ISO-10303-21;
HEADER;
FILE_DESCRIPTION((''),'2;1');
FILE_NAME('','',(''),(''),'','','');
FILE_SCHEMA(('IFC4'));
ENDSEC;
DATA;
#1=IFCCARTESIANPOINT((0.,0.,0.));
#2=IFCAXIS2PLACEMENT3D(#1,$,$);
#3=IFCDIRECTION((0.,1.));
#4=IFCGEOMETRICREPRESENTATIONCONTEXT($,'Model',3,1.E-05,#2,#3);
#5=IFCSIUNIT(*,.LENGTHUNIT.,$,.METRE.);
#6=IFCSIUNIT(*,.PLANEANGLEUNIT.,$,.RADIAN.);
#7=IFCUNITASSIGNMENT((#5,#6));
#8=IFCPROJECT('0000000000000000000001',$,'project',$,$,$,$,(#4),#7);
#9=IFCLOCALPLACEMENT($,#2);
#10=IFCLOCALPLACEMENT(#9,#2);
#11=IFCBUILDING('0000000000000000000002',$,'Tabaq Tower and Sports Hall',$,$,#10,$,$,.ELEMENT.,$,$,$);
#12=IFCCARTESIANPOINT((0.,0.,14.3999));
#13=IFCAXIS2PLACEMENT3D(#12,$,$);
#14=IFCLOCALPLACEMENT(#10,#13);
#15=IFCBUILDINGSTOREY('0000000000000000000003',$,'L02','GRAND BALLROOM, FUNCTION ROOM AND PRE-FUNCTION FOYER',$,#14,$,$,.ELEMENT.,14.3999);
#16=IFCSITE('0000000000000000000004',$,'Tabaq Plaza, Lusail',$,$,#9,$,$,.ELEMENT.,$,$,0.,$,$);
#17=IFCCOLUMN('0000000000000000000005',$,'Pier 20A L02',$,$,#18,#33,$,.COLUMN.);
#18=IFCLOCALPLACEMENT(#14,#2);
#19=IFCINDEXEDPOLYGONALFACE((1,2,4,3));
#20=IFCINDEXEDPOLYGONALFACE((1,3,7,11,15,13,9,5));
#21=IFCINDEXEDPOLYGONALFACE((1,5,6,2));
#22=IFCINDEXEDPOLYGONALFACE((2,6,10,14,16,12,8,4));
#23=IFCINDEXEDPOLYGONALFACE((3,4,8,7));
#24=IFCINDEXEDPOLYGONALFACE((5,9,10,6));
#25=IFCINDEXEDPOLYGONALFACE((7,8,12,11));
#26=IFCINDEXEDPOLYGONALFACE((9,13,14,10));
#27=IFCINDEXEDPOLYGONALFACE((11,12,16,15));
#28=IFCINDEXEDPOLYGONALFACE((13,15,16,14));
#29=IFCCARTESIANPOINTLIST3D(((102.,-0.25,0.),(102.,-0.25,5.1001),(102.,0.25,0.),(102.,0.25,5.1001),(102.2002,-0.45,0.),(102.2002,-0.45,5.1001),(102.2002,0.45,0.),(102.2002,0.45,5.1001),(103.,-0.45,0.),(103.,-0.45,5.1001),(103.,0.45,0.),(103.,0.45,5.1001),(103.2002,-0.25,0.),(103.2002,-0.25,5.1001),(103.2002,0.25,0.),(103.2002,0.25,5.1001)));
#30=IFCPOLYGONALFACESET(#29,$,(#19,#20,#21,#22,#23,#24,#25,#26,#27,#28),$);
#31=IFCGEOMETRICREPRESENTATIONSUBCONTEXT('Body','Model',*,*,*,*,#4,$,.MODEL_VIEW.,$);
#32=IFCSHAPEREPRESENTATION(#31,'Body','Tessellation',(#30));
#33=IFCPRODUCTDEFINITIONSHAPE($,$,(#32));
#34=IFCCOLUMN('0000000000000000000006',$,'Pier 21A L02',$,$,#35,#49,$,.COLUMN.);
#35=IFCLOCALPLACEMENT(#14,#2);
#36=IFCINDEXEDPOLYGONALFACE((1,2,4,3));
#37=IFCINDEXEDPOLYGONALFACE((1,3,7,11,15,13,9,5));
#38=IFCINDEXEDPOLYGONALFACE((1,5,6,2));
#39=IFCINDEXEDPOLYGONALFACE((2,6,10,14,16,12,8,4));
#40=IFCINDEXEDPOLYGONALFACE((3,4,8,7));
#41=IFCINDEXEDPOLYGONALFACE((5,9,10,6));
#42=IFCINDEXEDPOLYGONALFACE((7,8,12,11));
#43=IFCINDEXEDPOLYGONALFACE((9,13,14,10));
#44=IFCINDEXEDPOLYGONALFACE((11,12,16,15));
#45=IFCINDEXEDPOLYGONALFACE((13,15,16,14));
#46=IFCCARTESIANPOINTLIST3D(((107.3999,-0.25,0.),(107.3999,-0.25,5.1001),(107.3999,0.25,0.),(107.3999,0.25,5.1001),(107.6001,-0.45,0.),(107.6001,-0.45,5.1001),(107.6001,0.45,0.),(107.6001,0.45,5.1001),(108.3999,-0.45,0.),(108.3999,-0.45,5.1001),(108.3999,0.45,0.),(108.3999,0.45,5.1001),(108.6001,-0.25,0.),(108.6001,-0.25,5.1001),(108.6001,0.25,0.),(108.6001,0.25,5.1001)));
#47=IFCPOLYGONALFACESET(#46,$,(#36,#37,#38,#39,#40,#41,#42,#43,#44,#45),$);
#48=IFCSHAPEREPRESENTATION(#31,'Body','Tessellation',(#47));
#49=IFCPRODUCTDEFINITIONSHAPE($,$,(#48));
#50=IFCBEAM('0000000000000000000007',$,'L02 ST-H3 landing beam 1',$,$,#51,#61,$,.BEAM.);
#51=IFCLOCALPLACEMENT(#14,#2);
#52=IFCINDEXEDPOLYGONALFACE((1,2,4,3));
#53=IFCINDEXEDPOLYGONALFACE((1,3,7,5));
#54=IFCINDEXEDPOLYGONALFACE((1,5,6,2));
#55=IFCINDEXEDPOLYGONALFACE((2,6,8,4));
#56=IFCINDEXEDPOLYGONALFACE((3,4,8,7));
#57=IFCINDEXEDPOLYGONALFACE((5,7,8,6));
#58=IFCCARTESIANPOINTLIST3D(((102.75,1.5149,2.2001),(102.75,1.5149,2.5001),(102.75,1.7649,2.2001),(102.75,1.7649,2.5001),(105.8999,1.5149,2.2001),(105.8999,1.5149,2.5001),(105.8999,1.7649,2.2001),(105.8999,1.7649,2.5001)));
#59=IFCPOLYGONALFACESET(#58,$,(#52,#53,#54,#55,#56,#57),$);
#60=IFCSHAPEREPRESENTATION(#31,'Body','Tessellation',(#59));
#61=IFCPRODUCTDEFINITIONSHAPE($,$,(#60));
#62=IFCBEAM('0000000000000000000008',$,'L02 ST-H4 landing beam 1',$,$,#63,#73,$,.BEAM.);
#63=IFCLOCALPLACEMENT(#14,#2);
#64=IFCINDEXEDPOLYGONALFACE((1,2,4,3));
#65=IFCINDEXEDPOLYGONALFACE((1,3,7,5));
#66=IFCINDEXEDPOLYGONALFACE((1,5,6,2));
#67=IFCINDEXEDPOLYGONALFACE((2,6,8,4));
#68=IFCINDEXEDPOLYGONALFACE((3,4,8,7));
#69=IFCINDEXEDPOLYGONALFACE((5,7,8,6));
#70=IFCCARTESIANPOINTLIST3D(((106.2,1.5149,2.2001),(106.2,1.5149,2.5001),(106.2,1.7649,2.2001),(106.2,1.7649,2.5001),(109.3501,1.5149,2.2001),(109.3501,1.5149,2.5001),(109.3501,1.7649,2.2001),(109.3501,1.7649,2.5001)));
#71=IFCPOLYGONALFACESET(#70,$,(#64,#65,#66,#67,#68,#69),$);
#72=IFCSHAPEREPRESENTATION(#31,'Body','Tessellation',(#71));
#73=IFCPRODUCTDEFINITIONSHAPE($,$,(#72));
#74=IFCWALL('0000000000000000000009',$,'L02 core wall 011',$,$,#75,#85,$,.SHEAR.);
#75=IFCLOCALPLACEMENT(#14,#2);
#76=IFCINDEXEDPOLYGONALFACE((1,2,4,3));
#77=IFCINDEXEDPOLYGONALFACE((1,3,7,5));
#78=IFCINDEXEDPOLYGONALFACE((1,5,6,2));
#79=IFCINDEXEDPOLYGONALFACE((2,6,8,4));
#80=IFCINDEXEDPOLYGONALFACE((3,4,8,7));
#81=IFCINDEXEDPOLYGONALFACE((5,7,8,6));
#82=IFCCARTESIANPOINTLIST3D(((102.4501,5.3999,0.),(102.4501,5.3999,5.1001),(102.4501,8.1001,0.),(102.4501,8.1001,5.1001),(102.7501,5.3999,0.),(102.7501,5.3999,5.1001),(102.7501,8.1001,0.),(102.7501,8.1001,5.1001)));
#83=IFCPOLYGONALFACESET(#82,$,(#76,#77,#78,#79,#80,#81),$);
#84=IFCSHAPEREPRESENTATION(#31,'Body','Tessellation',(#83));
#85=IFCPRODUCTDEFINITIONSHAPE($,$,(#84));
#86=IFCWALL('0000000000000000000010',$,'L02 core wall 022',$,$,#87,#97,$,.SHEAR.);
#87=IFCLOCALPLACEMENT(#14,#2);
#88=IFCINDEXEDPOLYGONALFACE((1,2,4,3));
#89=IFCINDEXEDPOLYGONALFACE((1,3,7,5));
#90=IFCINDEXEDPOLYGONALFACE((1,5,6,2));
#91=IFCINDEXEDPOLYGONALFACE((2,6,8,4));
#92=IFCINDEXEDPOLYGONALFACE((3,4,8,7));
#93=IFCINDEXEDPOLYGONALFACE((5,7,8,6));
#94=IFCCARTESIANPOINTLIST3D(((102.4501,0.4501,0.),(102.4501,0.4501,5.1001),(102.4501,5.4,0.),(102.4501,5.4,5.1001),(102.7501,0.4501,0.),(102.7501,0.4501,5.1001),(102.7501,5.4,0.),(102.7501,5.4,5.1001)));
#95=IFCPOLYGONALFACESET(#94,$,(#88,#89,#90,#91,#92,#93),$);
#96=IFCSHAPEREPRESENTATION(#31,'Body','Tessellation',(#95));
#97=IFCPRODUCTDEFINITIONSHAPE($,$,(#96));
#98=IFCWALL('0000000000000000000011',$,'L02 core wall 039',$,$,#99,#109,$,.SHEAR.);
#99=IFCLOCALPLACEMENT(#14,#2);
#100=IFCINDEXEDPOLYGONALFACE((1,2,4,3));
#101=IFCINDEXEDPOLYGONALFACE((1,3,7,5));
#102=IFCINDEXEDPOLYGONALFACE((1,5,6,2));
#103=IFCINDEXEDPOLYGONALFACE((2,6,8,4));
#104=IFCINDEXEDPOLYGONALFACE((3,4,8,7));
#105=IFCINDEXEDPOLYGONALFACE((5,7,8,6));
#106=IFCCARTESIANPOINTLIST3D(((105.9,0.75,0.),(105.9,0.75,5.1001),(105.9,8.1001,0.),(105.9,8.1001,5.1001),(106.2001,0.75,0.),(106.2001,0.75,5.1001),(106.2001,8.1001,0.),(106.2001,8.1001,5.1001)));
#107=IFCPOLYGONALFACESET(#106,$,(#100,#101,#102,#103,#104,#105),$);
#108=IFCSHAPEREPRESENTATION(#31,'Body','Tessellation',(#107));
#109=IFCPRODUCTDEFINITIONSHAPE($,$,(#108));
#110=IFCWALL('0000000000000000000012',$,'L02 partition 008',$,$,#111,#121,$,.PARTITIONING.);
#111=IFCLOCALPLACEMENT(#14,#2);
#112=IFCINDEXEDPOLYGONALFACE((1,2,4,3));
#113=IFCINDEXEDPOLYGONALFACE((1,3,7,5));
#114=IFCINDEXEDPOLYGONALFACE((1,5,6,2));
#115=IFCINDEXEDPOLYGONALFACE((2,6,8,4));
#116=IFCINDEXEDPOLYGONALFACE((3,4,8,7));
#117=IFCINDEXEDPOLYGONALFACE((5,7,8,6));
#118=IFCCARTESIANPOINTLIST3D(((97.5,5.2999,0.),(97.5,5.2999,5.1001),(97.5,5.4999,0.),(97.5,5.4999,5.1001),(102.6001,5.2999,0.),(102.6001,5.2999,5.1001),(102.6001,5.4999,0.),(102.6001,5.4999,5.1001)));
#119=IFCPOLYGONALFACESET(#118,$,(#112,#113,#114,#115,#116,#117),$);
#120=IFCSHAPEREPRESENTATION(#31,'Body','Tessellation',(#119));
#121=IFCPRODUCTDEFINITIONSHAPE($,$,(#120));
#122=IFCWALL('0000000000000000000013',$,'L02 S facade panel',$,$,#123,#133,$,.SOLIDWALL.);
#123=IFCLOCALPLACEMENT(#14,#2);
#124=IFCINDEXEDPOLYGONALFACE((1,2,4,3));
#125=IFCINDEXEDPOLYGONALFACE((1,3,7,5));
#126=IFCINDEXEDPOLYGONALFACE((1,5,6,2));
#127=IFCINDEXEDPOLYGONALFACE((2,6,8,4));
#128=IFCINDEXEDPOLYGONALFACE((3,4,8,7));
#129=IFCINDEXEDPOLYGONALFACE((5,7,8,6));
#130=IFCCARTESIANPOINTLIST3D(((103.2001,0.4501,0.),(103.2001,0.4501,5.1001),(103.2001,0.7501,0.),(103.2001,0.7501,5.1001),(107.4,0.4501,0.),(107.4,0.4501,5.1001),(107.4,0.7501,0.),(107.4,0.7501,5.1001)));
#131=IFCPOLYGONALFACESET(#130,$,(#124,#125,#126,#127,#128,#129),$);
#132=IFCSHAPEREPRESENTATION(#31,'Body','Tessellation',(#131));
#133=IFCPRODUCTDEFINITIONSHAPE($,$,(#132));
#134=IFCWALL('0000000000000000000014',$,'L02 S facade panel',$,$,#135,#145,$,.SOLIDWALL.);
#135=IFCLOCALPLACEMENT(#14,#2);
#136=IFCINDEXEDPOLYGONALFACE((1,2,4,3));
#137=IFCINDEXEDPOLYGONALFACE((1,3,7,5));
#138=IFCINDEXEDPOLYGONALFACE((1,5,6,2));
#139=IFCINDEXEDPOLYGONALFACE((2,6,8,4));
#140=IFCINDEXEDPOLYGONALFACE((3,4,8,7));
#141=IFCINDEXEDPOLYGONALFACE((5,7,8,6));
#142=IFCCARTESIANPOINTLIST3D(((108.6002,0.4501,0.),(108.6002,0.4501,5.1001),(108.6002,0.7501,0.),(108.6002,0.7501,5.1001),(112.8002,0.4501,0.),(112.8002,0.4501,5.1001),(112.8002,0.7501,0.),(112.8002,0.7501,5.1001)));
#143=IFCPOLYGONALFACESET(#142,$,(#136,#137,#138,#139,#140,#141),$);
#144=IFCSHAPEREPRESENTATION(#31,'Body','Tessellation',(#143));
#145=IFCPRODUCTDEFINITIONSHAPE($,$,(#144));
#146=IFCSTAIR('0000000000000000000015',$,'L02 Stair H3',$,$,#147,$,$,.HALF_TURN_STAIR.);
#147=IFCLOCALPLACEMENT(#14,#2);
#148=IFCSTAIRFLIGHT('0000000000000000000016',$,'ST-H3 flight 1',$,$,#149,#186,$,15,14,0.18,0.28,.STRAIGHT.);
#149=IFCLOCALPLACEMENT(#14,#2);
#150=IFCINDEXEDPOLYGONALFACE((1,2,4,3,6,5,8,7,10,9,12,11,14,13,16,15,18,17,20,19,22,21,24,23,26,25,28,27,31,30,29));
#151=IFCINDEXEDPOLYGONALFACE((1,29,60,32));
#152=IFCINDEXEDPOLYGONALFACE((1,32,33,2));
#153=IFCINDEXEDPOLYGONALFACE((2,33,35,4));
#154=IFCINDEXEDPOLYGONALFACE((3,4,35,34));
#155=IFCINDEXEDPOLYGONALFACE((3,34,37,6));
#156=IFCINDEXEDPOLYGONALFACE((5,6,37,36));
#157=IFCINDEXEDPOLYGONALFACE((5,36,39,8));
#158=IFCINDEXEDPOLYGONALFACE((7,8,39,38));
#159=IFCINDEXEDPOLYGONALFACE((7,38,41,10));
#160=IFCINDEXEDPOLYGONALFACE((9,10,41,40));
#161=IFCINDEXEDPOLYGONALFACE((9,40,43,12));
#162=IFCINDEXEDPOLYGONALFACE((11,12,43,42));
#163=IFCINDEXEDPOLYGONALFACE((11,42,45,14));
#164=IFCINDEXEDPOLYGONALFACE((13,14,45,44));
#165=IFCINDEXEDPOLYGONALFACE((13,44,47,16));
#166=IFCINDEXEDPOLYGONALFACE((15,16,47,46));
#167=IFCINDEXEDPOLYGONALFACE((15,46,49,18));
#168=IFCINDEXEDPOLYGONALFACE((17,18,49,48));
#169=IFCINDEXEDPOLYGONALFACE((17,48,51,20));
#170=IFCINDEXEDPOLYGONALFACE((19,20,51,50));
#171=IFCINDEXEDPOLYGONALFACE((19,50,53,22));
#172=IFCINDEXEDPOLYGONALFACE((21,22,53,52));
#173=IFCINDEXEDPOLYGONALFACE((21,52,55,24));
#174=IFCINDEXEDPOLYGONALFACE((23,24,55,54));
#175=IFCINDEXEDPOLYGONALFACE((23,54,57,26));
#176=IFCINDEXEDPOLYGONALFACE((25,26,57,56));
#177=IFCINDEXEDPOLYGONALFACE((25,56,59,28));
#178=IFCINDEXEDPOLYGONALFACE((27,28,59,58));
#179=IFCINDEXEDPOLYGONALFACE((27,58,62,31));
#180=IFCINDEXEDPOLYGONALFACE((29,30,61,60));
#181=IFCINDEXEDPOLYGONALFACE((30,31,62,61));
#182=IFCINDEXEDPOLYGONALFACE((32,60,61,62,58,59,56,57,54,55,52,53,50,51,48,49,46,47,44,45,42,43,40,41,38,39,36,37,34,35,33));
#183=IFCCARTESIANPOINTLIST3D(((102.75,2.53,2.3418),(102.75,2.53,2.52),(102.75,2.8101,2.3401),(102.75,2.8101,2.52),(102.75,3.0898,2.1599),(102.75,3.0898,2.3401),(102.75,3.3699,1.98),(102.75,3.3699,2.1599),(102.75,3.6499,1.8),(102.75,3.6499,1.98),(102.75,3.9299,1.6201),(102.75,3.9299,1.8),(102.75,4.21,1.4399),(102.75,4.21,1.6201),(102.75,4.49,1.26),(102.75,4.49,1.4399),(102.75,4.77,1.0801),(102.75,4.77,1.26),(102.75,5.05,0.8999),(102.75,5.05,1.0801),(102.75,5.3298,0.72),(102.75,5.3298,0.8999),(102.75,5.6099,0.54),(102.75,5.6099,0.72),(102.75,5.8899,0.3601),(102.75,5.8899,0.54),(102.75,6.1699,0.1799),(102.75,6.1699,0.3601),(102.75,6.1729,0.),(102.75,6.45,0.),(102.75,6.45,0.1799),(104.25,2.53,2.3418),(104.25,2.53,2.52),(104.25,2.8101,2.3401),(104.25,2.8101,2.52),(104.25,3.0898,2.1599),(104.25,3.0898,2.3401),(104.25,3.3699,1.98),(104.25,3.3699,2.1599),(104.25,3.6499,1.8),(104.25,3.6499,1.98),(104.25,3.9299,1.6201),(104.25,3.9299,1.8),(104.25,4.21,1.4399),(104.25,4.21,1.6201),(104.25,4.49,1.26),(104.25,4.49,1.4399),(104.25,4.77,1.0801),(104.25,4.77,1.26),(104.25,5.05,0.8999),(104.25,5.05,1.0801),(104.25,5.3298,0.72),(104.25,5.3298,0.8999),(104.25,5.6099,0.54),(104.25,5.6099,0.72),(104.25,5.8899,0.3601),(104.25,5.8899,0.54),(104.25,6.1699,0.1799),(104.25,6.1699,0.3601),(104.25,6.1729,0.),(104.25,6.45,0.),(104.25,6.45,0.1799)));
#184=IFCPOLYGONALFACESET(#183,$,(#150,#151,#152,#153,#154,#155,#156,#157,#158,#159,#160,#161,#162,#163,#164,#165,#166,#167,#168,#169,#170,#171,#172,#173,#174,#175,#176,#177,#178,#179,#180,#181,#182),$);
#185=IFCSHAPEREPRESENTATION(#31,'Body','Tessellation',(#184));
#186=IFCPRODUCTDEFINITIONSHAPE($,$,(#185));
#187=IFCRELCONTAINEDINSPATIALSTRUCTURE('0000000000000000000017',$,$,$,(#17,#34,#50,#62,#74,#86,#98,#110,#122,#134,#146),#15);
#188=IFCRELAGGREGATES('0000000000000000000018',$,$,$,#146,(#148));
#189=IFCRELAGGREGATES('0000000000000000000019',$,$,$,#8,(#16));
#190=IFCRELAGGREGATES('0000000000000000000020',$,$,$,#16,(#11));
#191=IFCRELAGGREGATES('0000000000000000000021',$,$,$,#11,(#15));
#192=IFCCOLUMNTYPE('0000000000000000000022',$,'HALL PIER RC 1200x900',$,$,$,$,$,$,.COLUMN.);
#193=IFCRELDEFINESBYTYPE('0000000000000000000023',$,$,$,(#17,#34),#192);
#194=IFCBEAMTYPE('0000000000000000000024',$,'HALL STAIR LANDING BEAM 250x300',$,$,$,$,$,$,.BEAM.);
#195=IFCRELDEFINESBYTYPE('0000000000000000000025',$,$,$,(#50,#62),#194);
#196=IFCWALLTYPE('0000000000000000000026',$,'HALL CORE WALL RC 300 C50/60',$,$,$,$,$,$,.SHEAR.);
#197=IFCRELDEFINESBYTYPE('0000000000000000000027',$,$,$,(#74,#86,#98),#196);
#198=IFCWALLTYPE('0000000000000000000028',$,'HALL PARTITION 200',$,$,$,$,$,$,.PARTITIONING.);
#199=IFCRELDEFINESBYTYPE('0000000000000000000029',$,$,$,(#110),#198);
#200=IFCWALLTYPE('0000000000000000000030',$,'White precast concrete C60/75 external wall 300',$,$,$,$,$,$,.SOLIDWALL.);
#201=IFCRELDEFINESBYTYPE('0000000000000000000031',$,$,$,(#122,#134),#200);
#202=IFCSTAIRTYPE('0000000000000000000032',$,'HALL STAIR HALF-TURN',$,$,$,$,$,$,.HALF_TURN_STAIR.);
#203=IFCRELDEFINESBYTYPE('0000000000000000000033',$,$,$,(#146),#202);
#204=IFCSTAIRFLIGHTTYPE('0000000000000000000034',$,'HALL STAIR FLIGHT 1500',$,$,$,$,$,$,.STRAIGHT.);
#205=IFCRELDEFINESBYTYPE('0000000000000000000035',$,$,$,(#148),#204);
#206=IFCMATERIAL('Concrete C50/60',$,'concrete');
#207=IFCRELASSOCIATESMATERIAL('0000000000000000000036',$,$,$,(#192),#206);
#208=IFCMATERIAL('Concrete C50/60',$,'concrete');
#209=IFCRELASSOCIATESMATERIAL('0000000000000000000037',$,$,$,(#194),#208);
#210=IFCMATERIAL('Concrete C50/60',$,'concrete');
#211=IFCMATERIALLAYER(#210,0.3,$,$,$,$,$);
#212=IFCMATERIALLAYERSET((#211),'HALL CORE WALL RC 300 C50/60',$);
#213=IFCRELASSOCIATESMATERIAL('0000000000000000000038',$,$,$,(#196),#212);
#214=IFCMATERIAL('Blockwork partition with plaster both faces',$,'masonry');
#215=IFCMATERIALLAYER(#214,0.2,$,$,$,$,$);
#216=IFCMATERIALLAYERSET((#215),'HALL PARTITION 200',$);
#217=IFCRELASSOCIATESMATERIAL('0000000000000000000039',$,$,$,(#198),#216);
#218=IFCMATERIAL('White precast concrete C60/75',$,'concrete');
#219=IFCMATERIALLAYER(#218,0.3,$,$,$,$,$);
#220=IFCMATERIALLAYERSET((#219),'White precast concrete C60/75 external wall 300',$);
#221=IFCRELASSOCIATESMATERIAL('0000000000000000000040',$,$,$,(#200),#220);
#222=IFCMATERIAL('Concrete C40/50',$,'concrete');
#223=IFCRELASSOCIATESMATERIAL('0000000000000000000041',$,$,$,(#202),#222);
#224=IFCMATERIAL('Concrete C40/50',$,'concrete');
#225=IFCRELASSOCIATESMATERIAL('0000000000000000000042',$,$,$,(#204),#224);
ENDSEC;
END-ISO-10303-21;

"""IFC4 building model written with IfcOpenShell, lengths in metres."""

from ifc_helpers import new_model, si_unit, direction, frame, frame_2d, origin, origin_2d, place, context, subcontext, project, spatial, polyline, rectangle, outline, extrude, material, layer, layer_set, material_profile, profile_set, type_object, element, aggregate, save


model = new_model("IFC4")

# Units and contexts
model_context = context("Model", 3, precision=1e-05, world=origin(), true_north=direction((0.0, 1.0)))
body_context = subcontext(model_context, "Body", "Model", "MODEL_VIEW")
ifc_project = project(units=[si_unit("LENGTHUNIT", "METRE"), si_unit("PLANEANGLEUNIT", "RADIAN")], contexts=[model_context])

# Site, building, storey
site_placement = place(None, origin())
site = spatial("IfcSite", under=ifc_project, at=site_placement, Name="Tabaq Plaza, Lusail", CompositionType="ELEMENT", RefElevation=0.0)
building_placement = place(site_placement, origin())
building = spatial("IfcBuilding", under=site, at=building_placement, Name="Tabaq Tower and Sports Hall", CompositionType="ELEMENT")
storey_placement = place(building_placement, frame((0.0, 0.0, 14.3999)))
storey = spatial("IfcBuildingStorey", under=building, at=storey_placement, Name="L02", Description="GRAND BALLROOM, FUNCTION ROOM AND PRE-FUNCTION FOYER", CompositionType="ELEMENT", Elevation=14.3999)

# Columns
ifc_material_1 = material(Name="Concrete C50/60", Category="concrete")
ifc_material_profile_1 = material_profile(ifc_material_1, outline(polyline([(-0.3999, -0.45), (0.3999, -0.45), (0.6001, -0.25), (0.6001, 0.25), (0.3999, 0.45), (-0.3999, 0.45), (-0.6001, 0.25), (-0.6001, -0.25), (-0.3999, -0.45)])), Name="PIER 1200x900")
ifc_profile_set_1 = profile_set([ifc_material_profile_1], Name="Concrete C50/60")
column_type = type_object("IfcColumnType", Name="HALL PIER RC 1200x900", PredefinedType="COLUMN", material=ifc_profile_set_1)
for number, where, z_axis, x_axis, name in (
    (1, (102.6001, 0.0, 0.0), (0.0, 0.0, 1.0), (1.0, 0.0, 0.0), "Pier 20A L02"),
    (2, (108.0, 0.0, 0.0), (0.0, 0.0, 1.0), (1.0, 0.0, 0.0), "Pier 21A L02"),
):
    element("IfcColumn", number, at=place(storey_placement, frame(where, z_axis=z_axis, x_axis=x_axis)), inside=storey, type_object=column_type, Name=name, PredefinedType="COLUMN", context=body_context, shape_type="SweptSolid", body=[
        extrude(outline(polyline([(-0.3999, -0.45), (0.3999, -0.45), (0.6001, -0.25), (0.6001, 0.25), (0.3999, 0.45), (-0.3999, 0.45), (-0.6001, 0.25), (-0.6001, -0.25), (-0.3999, -0.45)])), origin(), (0.0, 0.0, 1.0), 5.1001),
    ])

# Beams
ifc_material_2 = material(Name="Concrete C50/60", Category="concrete")
ifc_material_profile_2 = material_profile(ifc_material_2, rectangle(XDim=0.25, YDim=0.3, at=origin_2d()), Name="RC 250x300")
ifc_profile_set_2 = profile_set([ifc_material_profile_2], Name="Concrete C50/60")
beam_type = type_object("IfcBeamType", Name="HALL STAIR LANDING BEAM 250x300", PredefinedType="BEAM", material=ifc_profile_set_2)
beam_1_placement = place(storey_placement, frame((102.75, 1.6399, 2.3501), z_axis=(1.0, 0.0, 0.0), x_axis=(0.0, 1.0, 0.0)))
element("IfcBeam", 3, at=beam_1_placement, inside=storey, type_object=beam_type, Name="L02 ST-H3 landing beam 1", PredefinedType="BEAM", context=body_context, shape_type="SweptSolid", body=[
    extrude(rectangle(XDim=0.25, YDim=0.3, at=origin_2d()), origin(), (0.0, 0.0, 1.0), 3.1499),
])
beam_2_placement = place(storey_placement, frame((106.2, 1.6399, 2.3501), z_axis=(1.0, 0.0, 0.0), x_axis=(0.0, 1.0, 0.0)))
element("IfcBeam", 4, at=beam_2_placement, inside=storey, type_object=beam_type, Name="L02 ST-H4 landing beam 1", PredefinedType="BEAM", context=body_context, shape_type="SweptSolid", body=[
    extrude(rectangle(XDim=0.25, YDim=0.3, at=origin_2d()), origin(), (0.0, 0.0, 1.0), 3.1501),
])

# Walls
ifc_material_3 = material(Name="Concrete C50/60", Category="concrete")
ifc_layer_1 = layer(ifc_material_3, 0.3)
ifc_layer_set_1 = layer_set([ifc_layer_1], Name="HALL CORE WALL RC 300 C50/60")
wall_type_1 = type_object("IfcWallType", Name="HALL CORE WALL RC 300 C50/60", PredefinedType="SHEAR", material=ifc_layer_set_1)
wall_1_placement = place(storey_placement, frame((102.6001, 5.3999, 0.0), z_axis=(0.0, 0.0, 1.0), x_axis=(0.0, 1.0, 0.0)))
element("IfcWall", 5, at=wall_1_placement, inside=storey, type_object=wall_type_1, Name="L02 core wall 011", PredefinedType="SHEAR", context=body_context, shape_type="SweptSolid", body=[
    extrude(rectangle(XDim=2.7002, YDim=0.3, at=frame_2d((1.3501, 0.0))), origin(), (0.0, 0.0, 1.0), 5.1001),
])
wall_2_placement = place(storey_placement, frame((102.6001, 0.45, 0.0), z_axis=(0.0, 0.0, 1.0), x_axis=(0.0, 1.0, 0.0)))
element("IfcWall", 6, at=wall_2_placement, inside=storey, type_object=wall_type_1, Name="L02 core wall 022", PredefinedType="SHEAR", context=body_context, shape_type="SweptSolid", body=[
    extrude(rectangle(XDim=4.95, YDim=0.3, at=frame_2d((2.4751, 0.0))), origin(), (0.0, 0.0, 1.0), 5.1001),
])
wall_3_placement = place(storey_placement, frame((106.05, 0.75, 0.0), z_axis=(0.0, 0.0, 1.0), x_axis=(0.0, 1.0, 0.0)))
element("IfcWall", 7, at=wall_3_placement, inside=storey, type_object=wall_type_1, Name="L02 core wall 039", PredefinedType="SHEAR", context=body_context, shape_type="SweptSolid", body=[
    extrude(rectangle(XDim=7.3501, YDim=0.3, at=frame_2d((3.675, 0.0))), origin(), (0.0, 0.0, 1.0), 5.1001),
])
ifc_material_4 = material(Name="Blockwork partition with plaster both faces", Category="masonry")
ifc_layer_2 = layer(ifc_material_4, 0.2)
ifc_layer_set_2 = layer_set([ifc_layer_2], Name="HALL PARTITION 200")
wall_type_2 = type_object("IfcWallType", Name="HALL PARTITION 200", PredefinedType="PARTITIONING", material=ifc_layer_set_2)
wall_4_placement = place(storey_placement, frame((97.5, 5.3999, 0.0), z_axis=(0.0, 0.0, 1.0), x_axis=(1.0, 0.0, 0.0)))
element("IfcWall", 8, at=wall_4_placement, inside=storey, type_object=wall_type_2, Name="L02 partition 008", PredefinedType="PARTITIONING", context=body_context, shape_type="SweptSolid", body=[
    extrude(rectangle(XDim=5.1001, YDim=0.2, at=frame_2d((2.55, 0.0))), origin(), (0.0, 0.0, 1.0), 5.1001),
])

# Shared definitions
ifc_material_5 = material(Name="White precast concrete C60/75", Category="concrete")
ifc_layer_3 = layer(ifc_material_5, 0.3)
ifc_layer_set_3 = layer_set([ifc_layer_3], Name="White precast concrete C60/75 external wall 300")
wall_type_3 = type_object("IfcWallType", Name="White precast concrete C60/75 external wall 300", PredefinedType="SOLIDWALL", material=ifc_layer_set_3)

# Walls
for number, where, z_axis, x_axis, name in (
    (9, (103.2, 0.6001, 0.0), (0.0, 0.0, 1.0), (1.0, 0.0, 0.0), "L02 S facade panel"),
    (10, (108.6001, 0.6001, 0.0), (0.0, 0.0, 1.0), (1.0, 0.0, 0.0), "L02 S facade panel"),
):
    element("IfcWall", number, at=place(storey_placement, frame(where, z_axis=z_axis, x_axis=x_axis)), inside=storey, type_object=wall_type_3, Name=name, PredefinedType="SOLIDWALL", context=body_context, shape_type="SweptSolid", body=[
        extrude(rectangle(XDim=4.2, YDim=0.3, at=frame_2d((2.1001, 0.0))), origin(), (0.0, 0.0, 1.0), 5.1001),
    ])

# Stair, stair flight
ifc_material_6 = material(Name="Concrete C40/50", Category="concrete")
stair_type = type_object("IfcStairType", Name="HALL STAIR HALF-TURN", PredefinedType="HALF_TURN_STAIR", material=ifc_material_6)
stair_1_placement = place(storey_placement, origin())
stair_1 = element("IfcStair", 11, at=stair_1_placement, inside=storey, type_object=stair_type, Name="L02 Stair H3", PredefinedType="HALF_TURN_STAIR")
ifc_material_7 = material(Name="Concrete C40/50", Category="concrete")
stair_flight_type = type_object("IfcStairFlightType", Name="HALL STAIR FLIGHT 1500", PredefinedType="STRAIGHT", material=ifc_material_7)
stair_flight_1_placement = place(storey_placement, frame((103.5, 6.45, 0.0), z_axis=(0.0, 0.0, 1.0), x_axis=(0.0, -1.0, 0.0)))
stair_flight_1 = element("IfcStairFlight", 12, at=stair_flight_1_placement, type_object=stair_flight_type, Name="ST-H3 flight 1", NumberOfRisers=15, NumberOfTreads=14, PredefinedType="STRAIGHT", RiserHeight=0.18, TreadLength=0.28, context=body_context, shape_type="SweptSolid", body=[
    extrude(outline(polyline([(0.0, 0.0), (0.0, 0.1799), (0.28, 0.1799), (0.28, 0.3601), (0.5601, 0.3601), (0.5601, 0.54), (0.8401, 0.54), (0.8401, 0.72), (1.1201, 0.72), (1.1201, 0.8999), (1.3999, 0.8999), (1.3999, 1.0801), (1.6799, 1.0801), (1.6799, 1.26), (1.96, 1.26), (1.96, 1.4399), (2.24, 1.4399), (2.24, 1.6201), (2.52, 1.6201), (2.52, 1.8), (2.8, 1.8), (2.8, 1.98), (3.0801, 1.98), (3.0801, 2.1599), (3.3601, 2.1599), (3.3601, 2.3401), (3.6399, 2.3401), (3.6399, 2.52), (3.9199, 2.52), (3.9199, 2.7), (3.9199, 2.3418), (0.2771, 0.0), (0.0, 0.0)])), frame((0.0, 0.75, 0.0), z_axis=(0.0, -1.0, 0.0), x_axis=(1.0, 0.0, 0.0)), (0.0, 0.0, 1.0), 1.5),
])
aggregate(stair_1, [stair_flight_1])

save(model, "model.ifc")
